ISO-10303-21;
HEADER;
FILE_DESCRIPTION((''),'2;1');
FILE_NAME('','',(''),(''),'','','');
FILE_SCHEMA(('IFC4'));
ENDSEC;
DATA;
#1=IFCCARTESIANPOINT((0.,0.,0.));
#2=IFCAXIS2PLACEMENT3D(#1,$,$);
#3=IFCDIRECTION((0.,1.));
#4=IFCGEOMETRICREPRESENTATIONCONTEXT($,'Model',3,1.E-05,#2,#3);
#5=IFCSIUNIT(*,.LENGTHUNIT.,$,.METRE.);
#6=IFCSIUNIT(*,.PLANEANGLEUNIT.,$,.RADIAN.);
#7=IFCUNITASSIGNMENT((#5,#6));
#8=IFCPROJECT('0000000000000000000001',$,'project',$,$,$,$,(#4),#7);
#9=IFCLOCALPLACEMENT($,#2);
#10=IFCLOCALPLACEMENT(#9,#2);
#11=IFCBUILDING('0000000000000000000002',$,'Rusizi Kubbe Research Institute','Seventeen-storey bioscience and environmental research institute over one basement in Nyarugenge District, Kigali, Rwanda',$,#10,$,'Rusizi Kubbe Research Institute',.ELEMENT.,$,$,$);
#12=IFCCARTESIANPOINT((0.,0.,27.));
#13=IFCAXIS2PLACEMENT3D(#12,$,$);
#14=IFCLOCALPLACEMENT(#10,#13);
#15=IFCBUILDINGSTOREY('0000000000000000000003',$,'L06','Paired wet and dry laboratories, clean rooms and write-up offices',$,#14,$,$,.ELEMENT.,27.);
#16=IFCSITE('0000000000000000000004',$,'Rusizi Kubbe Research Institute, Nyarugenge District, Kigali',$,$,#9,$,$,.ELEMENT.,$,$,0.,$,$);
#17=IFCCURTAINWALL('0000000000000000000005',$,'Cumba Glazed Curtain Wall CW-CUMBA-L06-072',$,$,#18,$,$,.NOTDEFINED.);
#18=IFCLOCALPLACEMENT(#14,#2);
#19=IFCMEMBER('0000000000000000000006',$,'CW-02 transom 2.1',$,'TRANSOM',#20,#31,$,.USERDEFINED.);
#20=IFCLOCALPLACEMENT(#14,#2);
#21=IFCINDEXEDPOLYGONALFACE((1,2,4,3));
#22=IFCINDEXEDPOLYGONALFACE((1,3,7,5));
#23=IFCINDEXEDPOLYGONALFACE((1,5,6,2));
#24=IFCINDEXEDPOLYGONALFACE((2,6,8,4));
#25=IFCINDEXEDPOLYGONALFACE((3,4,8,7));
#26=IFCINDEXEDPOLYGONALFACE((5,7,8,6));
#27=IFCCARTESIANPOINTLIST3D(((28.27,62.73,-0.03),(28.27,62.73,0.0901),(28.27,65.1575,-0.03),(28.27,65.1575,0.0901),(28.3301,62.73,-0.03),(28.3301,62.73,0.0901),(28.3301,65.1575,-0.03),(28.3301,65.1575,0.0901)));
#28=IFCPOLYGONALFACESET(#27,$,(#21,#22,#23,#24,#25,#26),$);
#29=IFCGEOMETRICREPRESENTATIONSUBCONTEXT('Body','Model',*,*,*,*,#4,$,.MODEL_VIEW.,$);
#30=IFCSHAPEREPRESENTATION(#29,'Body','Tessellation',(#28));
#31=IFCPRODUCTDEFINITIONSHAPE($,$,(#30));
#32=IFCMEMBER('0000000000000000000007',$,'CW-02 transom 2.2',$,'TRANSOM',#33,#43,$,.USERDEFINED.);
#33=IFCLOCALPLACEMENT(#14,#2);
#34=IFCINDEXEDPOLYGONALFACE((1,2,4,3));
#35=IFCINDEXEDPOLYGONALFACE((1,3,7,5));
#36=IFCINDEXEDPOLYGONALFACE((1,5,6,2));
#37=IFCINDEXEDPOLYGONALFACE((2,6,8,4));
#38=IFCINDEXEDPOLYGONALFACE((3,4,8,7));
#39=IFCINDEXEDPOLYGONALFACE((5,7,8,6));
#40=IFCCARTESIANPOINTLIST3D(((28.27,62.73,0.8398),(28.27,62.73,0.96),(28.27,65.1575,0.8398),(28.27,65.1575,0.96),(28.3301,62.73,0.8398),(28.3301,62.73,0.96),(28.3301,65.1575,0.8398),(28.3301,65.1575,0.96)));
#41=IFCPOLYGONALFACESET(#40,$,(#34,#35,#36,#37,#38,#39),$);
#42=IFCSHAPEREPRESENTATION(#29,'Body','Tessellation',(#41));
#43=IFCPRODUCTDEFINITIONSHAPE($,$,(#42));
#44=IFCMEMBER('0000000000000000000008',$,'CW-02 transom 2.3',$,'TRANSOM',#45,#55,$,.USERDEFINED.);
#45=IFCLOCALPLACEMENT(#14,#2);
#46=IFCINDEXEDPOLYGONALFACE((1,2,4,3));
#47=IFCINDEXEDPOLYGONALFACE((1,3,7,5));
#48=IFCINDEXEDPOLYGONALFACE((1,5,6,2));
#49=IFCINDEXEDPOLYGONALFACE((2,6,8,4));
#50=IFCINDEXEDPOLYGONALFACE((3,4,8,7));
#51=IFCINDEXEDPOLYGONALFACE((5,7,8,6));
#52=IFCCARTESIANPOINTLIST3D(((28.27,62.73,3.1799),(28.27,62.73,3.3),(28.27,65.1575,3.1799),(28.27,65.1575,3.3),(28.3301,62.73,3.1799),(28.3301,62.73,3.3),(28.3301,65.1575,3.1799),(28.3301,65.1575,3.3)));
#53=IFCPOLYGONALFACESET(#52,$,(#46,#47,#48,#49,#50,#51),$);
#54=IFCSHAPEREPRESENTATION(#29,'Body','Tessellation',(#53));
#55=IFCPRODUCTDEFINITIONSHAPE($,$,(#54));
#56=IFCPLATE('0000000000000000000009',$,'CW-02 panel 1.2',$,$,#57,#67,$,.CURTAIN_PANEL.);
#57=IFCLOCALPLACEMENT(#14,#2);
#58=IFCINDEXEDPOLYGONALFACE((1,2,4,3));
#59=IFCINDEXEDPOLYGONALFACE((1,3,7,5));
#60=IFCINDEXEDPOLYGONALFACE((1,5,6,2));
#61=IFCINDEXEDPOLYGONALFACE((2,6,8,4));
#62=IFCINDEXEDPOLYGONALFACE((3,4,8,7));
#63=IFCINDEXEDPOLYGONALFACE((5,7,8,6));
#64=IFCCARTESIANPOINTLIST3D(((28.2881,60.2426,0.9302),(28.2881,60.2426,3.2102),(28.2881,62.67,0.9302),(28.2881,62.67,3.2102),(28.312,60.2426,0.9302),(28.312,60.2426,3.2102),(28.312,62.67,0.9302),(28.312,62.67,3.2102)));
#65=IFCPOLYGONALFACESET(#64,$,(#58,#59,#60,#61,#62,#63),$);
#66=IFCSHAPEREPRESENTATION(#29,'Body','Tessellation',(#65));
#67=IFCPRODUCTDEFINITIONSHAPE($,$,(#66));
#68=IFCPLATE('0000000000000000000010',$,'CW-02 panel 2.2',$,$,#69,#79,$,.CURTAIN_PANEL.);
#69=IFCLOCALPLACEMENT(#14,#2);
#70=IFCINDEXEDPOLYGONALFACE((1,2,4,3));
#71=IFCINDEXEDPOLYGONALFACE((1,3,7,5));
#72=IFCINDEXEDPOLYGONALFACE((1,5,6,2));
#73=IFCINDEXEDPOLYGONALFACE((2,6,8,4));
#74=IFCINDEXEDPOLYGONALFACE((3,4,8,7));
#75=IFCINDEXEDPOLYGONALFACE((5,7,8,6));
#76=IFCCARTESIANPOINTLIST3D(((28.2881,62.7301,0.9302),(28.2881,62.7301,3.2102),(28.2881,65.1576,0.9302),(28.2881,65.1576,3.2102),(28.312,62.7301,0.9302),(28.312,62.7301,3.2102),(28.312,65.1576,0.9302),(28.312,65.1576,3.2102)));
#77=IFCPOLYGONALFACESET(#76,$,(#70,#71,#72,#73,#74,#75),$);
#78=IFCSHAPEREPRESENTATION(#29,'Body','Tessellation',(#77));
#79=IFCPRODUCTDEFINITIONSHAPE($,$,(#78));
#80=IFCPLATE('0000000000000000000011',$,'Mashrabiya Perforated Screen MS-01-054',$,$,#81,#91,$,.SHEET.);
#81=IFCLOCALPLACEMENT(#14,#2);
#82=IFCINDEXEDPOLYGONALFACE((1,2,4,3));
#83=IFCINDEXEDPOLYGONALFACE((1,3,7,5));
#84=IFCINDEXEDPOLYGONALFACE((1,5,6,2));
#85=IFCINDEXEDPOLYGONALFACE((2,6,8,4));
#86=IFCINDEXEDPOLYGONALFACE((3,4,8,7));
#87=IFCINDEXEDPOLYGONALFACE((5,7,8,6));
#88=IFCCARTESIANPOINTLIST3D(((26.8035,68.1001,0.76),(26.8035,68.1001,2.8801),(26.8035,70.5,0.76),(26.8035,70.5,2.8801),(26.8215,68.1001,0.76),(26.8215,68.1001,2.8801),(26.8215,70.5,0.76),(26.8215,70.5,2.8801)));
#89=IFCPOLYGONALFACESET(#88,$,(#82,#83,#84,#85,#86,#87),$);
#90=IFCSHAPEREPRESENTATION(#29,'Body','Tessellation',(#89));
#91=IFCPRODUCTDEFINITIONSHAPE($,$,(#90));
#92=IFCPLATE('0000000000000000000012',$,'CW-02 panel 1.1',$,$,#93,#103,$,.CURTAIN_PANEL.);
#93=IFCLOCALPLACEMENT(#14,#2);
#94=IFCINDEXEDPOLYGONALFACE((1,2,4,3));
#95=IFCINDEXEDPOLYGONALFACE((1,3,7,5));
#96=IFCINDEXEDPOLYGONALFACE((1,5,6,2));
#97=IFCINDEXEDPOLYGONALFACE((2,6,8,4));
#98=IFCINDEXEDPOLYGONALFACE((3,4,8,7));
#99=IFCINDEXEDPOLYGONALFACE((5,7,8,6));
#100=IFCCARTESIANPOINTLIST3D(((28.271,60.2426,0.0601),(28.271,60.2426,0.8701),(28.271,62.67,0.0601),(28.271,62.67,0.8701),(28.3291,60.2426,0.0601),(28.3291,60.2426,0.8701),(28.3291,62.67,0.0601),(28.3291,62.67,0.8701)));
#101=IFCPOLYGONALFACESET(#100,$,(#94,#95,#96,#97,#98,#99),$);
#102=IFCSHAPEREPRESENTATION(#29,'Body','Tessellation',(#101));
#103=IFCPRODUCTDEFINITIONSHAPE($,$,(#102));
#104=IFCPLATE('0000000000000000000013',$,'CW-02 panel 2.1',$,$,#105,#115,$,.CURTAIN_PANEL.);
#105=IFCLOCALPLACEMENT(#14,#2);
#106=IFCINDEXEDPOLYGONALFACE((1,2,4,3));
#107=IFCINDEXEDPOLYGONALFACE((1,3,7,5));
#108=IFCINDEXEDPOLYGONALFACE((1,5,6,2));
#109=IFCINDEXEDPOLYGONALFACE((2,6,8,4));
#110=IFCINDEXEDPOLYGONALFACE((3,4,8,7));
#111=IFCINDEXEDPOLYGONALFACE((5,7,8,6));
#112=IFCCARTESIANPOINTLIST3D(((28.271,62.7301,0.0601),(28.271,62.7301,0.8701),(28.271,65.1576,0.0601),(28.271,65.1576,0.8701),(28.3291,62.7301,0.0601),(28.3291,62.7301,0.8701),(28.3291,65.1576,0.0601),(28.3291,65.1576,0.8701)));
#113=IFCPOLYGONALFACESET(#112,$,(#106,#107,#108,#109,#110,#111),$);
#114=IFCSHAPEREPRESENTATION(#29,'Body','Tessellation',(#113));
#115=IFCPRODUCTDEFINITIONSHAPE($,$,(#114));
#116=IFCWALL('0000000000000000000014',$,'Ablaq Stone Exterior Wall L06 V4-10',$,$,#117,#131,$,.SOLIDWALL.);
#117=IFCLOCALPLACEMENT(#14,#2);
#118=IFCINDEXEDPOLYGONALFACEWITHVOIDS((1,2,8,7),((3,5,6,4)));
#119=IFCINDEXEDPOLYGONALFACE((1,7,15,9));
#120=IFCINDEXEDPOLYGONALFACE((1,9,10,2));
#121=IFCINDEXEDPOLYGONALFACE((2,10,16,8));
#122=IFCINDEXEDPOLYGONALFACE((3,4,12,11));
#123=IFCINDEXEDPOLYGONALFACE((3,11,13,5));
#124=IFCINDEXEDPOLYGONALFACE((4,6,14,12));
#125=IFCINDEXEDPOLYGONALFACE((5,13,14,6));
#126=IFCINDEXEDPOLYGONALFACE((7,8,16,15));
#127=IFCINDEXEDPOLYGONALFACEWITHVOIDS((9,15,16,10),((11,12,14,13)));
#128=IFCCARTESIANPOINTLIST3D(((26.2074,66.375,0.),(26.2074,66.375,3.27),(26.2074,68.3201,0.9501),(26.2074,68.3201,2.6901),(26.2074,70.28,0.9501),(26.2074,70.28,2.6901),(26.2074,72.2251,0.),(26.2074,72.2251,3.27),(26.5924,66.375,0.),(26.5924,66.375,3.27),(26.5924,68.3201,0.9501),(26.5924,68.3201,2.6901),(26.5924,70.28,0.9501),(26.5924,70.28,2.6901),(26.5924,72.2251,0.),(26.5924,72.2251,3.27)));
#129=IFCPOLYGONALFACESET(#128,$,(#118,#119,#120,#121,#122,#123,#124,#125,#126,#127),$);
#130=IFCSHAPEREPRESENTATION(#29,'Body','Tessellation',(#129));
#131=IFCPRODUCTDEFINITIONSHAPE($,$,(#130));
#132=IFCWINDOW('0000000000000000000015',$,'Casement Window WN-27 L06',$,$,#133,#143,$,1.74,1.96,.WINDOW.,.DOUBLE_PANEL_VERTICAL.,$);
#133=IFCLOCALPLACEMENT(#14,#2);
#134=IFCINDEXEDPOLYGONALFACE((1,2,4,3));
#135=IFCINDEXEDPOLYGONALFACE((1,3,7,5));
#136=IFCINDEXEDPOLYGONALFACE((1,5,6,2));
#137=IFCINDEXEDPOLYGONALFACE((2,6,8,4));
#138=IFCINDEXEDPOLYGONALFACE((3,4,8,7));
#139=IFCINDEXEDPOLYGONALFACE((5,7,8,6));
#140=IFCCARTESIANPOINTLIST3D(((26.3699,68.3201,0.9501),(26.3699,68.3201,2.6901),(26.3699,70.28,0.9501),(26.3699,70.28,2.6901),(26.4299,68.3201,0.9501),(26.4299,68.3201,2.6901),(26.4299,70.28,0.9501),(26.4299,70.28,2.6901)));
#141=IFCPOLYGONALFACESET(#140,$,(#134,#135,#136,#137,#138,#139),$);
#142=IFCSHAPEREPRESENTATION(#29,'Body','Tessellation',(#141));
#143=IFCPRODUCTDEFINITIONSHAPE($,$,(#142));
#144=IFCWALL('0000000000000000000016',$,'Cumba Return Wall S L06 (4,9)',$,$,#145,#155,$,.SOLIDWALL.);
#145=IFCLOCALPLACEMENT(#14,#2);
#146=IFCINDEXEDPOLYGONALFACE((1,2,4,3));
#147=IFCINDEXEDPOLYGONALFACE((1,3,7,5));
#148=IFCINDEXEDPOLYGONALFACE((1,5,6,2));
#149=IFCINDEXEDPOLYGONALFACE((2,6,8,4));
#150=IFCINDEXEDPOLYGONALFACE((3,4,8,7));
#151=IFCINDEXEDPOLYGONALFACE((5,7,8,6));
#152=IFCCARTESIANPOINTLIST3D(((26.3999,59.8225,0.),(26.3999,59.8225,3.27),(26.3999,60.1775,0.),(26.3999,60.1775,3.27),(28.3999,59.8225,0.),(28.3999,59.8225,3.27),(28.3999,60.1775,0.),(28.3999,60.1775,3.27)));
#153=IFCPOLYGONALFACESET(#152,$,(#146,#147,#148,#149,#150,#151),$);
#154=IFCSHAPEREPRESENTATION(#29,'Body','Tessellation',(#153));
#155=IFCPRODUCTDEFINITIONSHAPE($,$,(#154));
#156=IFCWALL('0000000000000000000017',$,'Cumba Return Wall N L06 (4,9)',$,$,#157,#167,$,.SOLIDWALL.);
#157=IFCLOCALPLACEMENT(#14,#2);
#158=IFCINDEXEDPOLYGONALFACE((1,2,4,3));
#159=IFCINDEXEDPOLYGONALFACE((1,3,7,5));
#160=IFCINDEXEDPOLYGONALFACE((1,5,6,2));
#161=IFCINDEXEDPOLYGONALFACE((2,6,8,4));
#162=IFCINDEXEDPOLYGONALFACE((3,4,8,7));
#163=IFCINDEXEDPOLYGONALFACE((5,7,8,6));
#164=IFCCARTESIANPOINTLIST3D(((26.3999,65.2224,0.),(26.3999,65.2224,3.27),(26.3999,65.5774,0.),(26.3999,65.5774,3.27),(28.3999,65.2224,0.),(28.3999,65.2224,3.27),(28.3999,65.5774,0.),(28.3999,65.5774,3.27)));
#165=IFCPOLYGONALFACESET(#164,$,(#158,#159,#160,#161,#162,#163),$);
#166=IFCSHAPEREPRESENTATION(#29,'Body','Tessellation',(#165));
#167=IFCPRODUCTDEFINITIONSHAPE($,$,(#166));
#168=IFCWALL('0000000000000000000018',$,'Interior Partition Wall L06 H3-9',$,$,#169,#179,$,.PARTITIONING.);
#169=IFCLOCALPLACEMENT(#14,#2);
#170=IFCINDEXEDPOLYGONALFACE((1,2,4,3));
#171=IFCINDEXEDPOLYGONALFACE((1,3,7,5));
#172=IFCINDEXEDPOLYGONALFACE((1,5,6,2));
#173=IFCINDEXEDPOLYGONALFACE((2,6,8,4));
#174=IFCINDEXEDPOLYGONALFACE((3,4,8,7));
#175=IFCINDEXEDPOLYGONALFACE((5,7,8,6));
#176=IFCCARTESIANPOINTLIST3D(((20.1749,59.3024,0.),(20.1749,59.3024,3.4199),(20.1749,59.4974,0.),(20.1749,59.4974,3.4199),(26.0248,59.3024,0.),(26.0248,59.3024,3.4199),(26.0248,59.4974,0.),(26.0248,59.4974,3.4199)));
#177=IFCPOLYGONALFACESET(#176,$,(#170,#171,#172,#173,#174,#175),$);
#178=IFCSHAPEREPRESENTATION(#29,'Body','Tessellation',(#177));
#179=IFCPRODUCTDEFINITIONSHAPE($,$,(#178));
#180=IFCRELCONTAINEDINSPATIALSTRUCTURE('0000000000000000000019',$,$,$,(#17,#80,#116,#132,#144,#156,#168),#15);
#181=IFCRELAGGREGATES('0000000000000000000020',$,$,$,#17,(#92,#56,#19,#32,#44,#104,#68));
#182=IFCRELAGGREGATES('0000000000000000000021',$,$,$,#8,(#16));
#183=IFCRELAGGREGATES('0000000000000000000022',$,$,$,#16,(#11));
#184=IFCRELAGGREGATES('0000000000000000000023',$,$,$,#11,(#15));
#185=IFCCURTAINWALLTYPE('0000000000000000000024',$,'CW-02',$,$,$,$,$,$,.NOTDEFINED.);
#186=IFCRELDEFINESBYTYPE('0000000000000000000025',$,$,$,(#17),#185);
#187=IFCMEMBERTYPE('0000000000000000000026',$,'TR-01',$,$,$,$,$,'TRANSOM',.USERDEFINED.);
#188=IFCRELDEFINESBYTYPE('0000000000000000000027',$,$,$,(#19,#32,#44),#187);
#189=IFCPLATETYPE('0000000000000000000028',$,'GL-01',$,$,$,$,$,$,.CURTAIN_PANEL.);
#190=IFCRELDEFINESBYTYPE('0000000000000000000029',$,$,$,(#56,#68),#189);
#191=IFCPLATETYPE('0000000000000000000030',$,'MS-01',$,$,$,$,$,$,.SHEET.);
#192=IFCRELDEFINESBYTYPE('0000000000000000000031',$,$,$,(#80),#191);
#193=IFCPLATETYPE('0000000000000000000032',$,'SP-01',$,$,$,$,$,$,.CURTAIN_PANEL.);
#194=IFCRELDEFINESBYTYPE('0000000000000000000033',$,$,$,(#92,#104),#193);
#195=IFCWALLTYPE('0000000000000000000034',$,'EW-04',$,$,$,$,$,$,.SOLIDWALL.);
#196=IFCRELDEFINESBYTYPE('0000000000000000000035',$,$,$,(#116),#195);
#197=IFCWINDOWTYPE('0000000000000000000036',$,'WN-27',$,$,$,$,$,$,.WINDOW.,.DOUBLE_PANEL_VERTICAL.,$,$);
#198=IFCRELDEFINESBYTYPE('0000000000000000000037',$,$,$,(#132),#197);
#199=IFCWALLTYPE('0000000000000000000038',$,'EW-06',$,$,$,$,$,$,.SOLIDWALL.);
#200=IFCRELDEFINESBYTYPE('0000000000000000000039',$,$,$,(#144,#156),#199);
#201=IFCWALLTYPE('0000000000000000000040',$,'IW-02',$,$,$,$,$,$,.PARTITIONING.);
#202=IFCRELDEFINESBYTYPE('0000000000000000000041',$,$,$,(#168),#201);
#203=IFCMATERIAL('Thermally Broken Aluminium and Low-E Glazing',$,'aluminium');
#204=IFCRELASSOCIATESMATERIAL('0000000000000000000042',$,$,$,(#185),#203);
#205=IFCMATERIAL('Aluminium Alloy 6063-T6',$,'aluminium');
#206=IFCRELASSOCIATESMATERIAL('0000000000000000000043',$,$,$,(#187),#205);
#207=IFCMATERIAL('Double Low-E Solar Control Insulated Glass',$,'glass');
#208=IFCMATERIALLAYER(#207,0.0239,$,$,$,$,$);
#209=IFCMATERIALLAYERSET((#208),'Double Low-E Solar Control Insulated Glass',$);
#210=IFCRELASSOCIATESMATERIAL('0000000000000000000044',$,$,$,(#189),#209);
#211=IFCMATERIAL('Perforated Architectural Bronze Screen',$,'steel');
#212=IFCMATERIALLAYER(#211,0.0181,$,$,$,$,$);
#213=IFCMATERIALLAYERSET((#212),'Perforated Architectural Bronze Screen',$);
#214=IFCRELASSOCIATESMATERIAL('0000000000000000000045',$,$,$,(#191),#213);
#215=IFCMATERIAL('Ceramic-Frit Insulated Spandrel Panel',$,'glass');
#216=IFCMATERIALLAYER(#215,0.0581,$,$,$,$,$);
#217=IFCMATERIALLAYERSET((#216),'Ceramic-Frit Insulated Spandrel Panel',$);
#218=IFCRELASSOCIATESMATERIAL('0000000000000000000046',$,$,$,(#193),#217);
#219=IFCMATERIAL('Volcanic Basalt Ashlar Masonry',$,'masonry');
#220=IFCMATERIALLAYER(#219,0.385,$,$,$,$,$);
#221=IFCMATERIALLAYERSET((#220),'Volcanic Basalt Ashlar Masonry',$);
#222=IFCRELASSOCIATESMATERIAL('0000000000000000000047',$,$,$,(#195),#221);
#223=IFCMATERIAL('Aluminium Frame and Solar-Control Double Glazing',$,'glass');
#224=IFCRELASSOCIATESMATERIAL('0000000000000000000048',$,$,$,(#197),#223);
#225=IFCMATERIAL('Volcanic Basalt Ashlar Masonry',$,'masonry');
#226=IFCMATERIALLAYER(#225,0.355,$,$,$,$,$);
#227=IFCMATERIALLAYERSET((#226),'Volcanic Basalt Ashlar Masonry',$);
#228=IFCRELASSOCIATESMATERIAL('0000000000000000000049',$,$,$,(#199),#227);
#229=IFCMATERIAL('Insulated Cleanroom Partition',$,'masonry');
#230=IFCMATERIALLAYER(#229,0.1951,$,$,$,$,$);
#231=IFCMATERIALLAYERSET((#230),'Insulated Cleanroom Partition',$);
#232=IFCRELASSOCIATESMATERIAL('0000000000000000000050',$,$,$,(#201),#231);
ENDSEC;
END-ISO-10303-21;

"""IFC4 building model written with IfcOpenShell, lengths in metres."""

from ifc_helpers import new_model, si_unit, direction, frame, frame_2d, origin, origin_2d, place, context, subcontext, project, spatial, rectangle, extrude, material, layer, layer_set, material_profile, profile_set, type_object, element, fill, aggregate, save


model = new_model("IFC4")

# Units and contexts
model_context = context("Model", 3, precision=1e-05, world=origin(), true_north=direction((0.0, 1.0)))
body_context = subcontext(model_context, "Body", "Model", "MODEL_VIEW")
ifc_project = project(units=[si_unit("LENGTHUNIT", "METRE"), si_unit("PLANEANGLEUNIT", "RADIAN")], contexts=[model_context])

# Site, building, storey
site_placement = place(None, origin())
site = spatial("IfcSite", under=ifc_project, at=site_placement, Name="Rusizi Kubbe Research Institute, Nyarugenge District, Kigali", CompositionType="ELEMENT", RefElevation=0.0)
building_placement = place(site_placement, origin())
building = spatial("IfcBuilding", under=site, at=building_placement, Name="Rusizi Kubbe Research Institute", Description="Seventeen-storey bioscience and environmental research institute over one basement in Nyarugenge District, Kigali, Rwanda", LongName="Rusizi Kubbe Research Institute", CompositionType="ELEMENT")
storey_placement = place(building_placement, frame((0.0, 0.0, 27.0)))
storey = spatial("IfcBuildingStorey", under=building, at=storey_placement, Name="L06", Description="Paired wet and dry laboratories, clean rooms and write-up offices", CompositionType="ELEMENT", Elevation=27.0)

# Curtain wall, members, plates
ifc_material_1 = material(Name="Thermally Broken Aluminium and Low-E Glazing", Category="aluminium")
curtain_wall_type = type_object("IfcCurtainWallType", Name="CW-02", PredefinedType="NOTDEFINED", material=ifc_material_1)
curtain_wall_placement = place(storey_placement, origin())
curtain_wall = element("IfcCurtainWall", 1, at=curtain_wall_placement, inside=storey, type_object=curtain_wall_type, Name="Cumba Glazed Curtain Wall CW-CUMBA-L06-072", PredefinedType="NOTDEFINED")
ifc_material_2 = material(Name="Aluminium Alloy 6063-T6", Category="aluminium")
ifc_material_profile_1 = material_profile(ifc_material_2, rectangle(XDim=0.0601, YDim=0.1201, at=origin_2d()), Name="ALU-T 60x120")
ifc_profile_set_1 = profile_set([ifc_material_profile_1], Name="Aluminium Alloy 6063-T6")
member_type_1 = type_object("IfcMemberType", Name="TR-01", ElementType="TRANSOM", PredefinedType="USERDEFINED", material=ifc_profile_set_1)
member_1_placement = place(storey_placement, frame((28.3, 62.73, 0.03), z_axis=(0.0, 1.0, 0.0), x_axis=(-1.0, 0.0, 0.0)))
member_1 = element("IfcMember", 2, at=member_1_placement, type_object=member_type_1, Name="CW-02 transom 2.1", ObjectType="TRANSOM", PredefinedType="USERDEFINED", context=body_context, shape_type="SweptSolid", body=[
    extrude(rectangle(XDim=0.0601, YDim=0.1201, at=origin_2d()), origin(), (0.0, 0.0, 1.0), 2.4275),
])
member_2_placement = place(storey_placement, frame((28.3, 62.73, 0.8999), z_axis=(0.0, 1.0, 0.0), x_axis=(-1.0, 0.0, 0.0)))
member_2 = element("IfcMember", 3, at=member_2_placement, type_object=member_type_1, Name="CW-02 transom 2.2", ObjectType="TRANSOM", PredefinedType="USERDEFINED", context=body_context, shape_type="SweptSolid", body=[
    extrude(rectangle(XDim=0.0601, YDim=0.1201, at=origin_2d()), origin(), (0.0, 0.0, 1.0), 2.4275),
])
member_3_placement = place(storey_placement, frame((28.3, 62.73, 3.24), z_axis=(0.0, 1.0, 0.0), x_axis=(-1.0, 0.0, 0.0)))
member_3 = element("IfcMember", 4, at=member_3_placement, type_object=member_type_1, Name="CW-02 transom 2.3", ObjectType="TRANSOM", PredefinedType="USERDEFINED", context=body_context, shape_type="SweptSolid", body=[
    extrude(rectangle(XDim=0.0601, YDim=0.1201, at=origin_2d()), origin(), (0.0, 0.0, 1.0), 2.4275),
])
ifc_material_3 = material(Name="Double Low-E Solar Control Insulated Glass", Category="glass")
ifc_layer_1 = layer(ifc_material_3, 0.0239)
ifc_layer_set_1 = layer_set([ifc_layer_1], Name="Double Low-E Solar Control Insulated Glass")
plate_type_1 = type_object("IfcPlateType", Name="GL-01", PredefinedType="CURTAIN_PANEL", material=ifc_layer_set_1)
plate_1_placement = place(storey_placement, frame((28.3, 61.4563, 0.9302), z_axis=(0.0, 0.0, 1.0), x_axis=(0.0, 1.0, 0.0)))
plate_1 = element("IfcPlate", 5, at=plate_1_placement, type_object=plate_type_1, Name="CW-02 panel 1.2", PredefinedType="CURTAIN_PANEL", context=body_context, shape_type="SweptSolid", body=[
    extrude(rectangle(XDim=2.4275, YDim=0.0239, at=origin_2d()), origin(), (0.0, 0.0, 1.0), 2.28),
])
plate_2_placement = place(storey_placement, frame((28.3, 63.9438, 0.9302), z_axis=(0.0, 0.0, 1.0), x_axis=(0.0, 1.0, 0.0)))
plate_2 = element("IfcPlate", 6, at=plate_2_placement, type_object=plate_type_1, Name="CW-02 panel 2.2", PredefinedType="CURTAIN_PANEL", context=body_context, shape_type="SweptSolid", body=[
    extrude(rectangle(XDim=2.4275, YDim=0.0239, at=origin_2d()), origin(), (0.0, 0.0, 1.0), 2.28),
])

# Plates
ifc_material_4 = material(Name="Perforated Architectural Bronze Screen", Category="steel")
ifc_layer_2 = layer(ifc_material_4, 0.0181)
ifc_layer_set_2 = layer_set([ifc_layer_2], Name="Perforated Architectural Bronze Screen")
plate_type_2 = type_object("IfcPlateType", Name="MS-01", PredefinedType="SHEET", material=ifc_layer_set_2)
plate_3_placement = place(storey_placement, frame((26.8125, 69.3, 0.76), z_axis=(0.0, 0.0, 1.0), x_axis=(0.0, 1.0, 0.0)))
element("IfcPlate", 7, at=plate_3_placement, inside=storey, type_object=plate_type_2, Name="Mashrabiya Perforated Screen MS-01-054", PredefinedType="SHEET", context=body_context, shape_type="SweptSolid", body=[
    extrude(rectangle(XDim=2.3999, YDim=0.0181, at=origin_2d()), origin(), (0.0, 0.0, 1.0), 2.1201),
])
ifc_material_5 = material(Name="Ceramic-Frit Insulated Spandrel Panel", Category="glass")
ifc_layer_3 = layer(ifc_material_5, 0.0581)
ifc_layer_set_3 = layer_set([ifc_layer_3], Name="Ceramic-Frit Insulated Spandrel Panel")
plate_type_3 = type_object("IfcPlateType", Name="SP-01", PredefinedType="CURTAIN_PANEL", material=ifc_layer_set_3)
plate_4_placement = place(storey_placement, frame((28.3, 61.4563, 0.0601), z_axis=(0.0, 0.0, 1.0), x_axis=(0.0, 1.0, 0.0)))
plate_4 = element("IfcPlate", 8, at=plate_4_placement, type_object=plate_type_3, Name="CW-02 panel 1.1", PredefinedType="CURTAIN_PANEL", context=body_context, shape_type="SweptSolid", body=[
    extrude(rectangle(XDim=2.4275, YDim=0.0581, at=origin_2d()), origin(), (0.0, 0.0, 1.0), 0.8101),
])
plate_5_placement = place(storey_placement, frame((28.3, 63.9438, 0.0601), z_axis=(0.0, 0.0, 1.0), x_axis=(0.0, 1.0, 0.0)))
plate_5 = element("IfcPlate", 9, at=plate_5_placement, type_object=plate_type_3, Name="CW-02 panel 2.1", PredefinedType="CURTAIN_PANEL", context=body_context, shape_type="SweptSolid", body=[
    extrude(rectangle(XDim=2.4275, YDim=0.0581, at=origin_2d()), origin(), (0.0, 0.0, 1.0), 0.8101),
])
aggregate(curtain_wall, [plate_4, plate_1, member_1, member_2, member_3, plate_5, plate_2])

# Wall, opening, window
ifc_material_6 = material(Name="Volcanic Basalt Ashlar Masonry", Category="masonry")
ifc_layer_4 = layer(ifc_material_6, 0.385)
ifc_layer_set_4 = layer_set([ifc_layer_4], Name="Volcanic Basalt Ashlar Masonry")
wall_type_1 = type_object("IfcWallType", Name="EW-04", PredefinedType="SOLIDWALL", material=ifc_layer_set_4)
wall_1_placement = place(storey_placement, frame((26.3999, 66.375, 0.0), z_axis=(0.0, 0.0, 1.0), x_axis=(0.0, 1.0, 0.0)))
wall_1 = element("IfcWall", 10, at=wall_1_placement, inside=storey, type_object=wall_type_1, Name="Ablaq Stone Exterior Wall L06 V4-10", PredefinedType="SOLIDWALL", context=body_context, shape_type="SweptSolid", body=[
    extrude(rectangle(XDim=5.8501, YDim=0.385, at=frame_2d((2.925, 0.0))), origin(), (0.0, 0.0, 1.0), 3.27),
])
opening_placement = place(wall_1_placement, frame((1.9451, 0.0, 0.95)))
opening = element("IfcOpeningElement", 11, at=opening_placement, cuts=wall_1, PredefinedType="OPENING", context=body_context, shape_type="SweptSolid", body=[
    extrude(rectangle(XDim=1.96, YDim=1.74, at=frame_2d((0.98, 0.8701))), frame((0.0, 0.2024, 0.0), z_axis=(0.0, -1.0, 0.0), x_axis=(1.0, 0.0, 0.0)), (0.0, 0.0, 1.0), 0.405),
])
ifc_material_7 = material(Name="Aluminium Frame and Solar-Control Double Glazing", Category="glass")
window_type = type_object("IfcWindowType", Name="WN-27", PartitioningType="DOUBLE_PANEL_VERTICAL", PredefinedType="WINDOW", material=ifc_material_7)
window_placement = place(opening_placement, origin())
window = element("IfcWindow", 12, at=window_placement, inside=storey, type_object=window_type, Name="Casement Window WN-27 L06", OverallHeight=1.74, OverallWidth=1.96, PartitioningType="DOUBLE_PANEL_VERTICAL", PredefinedType="WINDOW", context=body_context, shape_type="SweptSolid", body=[
    extrude(rectangle(XDim=1.96, YDim=1.74, at=frame_2d((0.98, 0.8701))), frame((0.0, 0.03, 0.0), z_axis=(0.0, -1.0, 0.0), x_axis=(1.0, 0.0, 0.0)), (0.0, 0.0, 1.0), 0.0601),
])
fill(opening, window)

# Walls
ifc_material_8 = material(Name="Volcanic Basalt Ashlar Masonry", Category="masonry")
ifc_layer_5 = layer(ifc_material_8, 0.355)
ifc_layer_set_5 = layer_set([ifc_layer_5], Name="Volcanic Basalt Ashlar Masonry")
wall_type_2 = type_object("IfcWallType", Name="EW-06", PredefinedType="SOLIDWALL", material=ifc_layer_set_5)
for number, where, z_axis, x_axis, name in (
    (13, (26.3999, 60.0, 0.0), (0.0, 0.0, 1.0), (1.0, 0.0, 0.0), "Cumba Return Wall S L06 (4,9)"),
    (14, (26.3999, 65.3999, 0.0), (0.0, 0.0, 1.0), (1.0, 0.0, 0.0), "Cumba Return Wall N L06 (4,9)"),
):
    element("IfcWall", number, at=place(storey_placement, frame(where, z_axis=z_axis, x_axis=x_axis)), inside=storey, type_object=wall_type_2, Name=name, PredefinedType="SOLIDWALL", context=body_context, shape_type="SweptSolid", body=[
        extrude(rectangle(XDim=2.0, YDim=0.355, at=frame_2d((1.0, 0.0))), origin(), (0.0, 0.0, 1.0), 3.27),
    ])
ifc_material_9 = material(Name="Insulated Cleanroom Partition", Category="masonry")
ifc_layer_6 = layer(ifc_material_9, 0.1951)
ifc_layer_set_6 = layer_set([ifc_layer_6], Name="Insulated Cleanroom Partition")
wall_type_3 = type_object("IfcWallType", Name="IW-02", PredefinedType="PARTITIONING", material=ifc_layer_set_6)
wall_2_placement = place(storey_placement, frame((20.175, 59.3999, 0.0), z_axis=(0.0, 0.0, 1.0), x_axis=(1.0, 0.0, 0.0)))
element("IfcWall", 15, at=wall_2_placement, inside=storey, type_object=wall_type_3, Name="Interior Partition Wall L06 H3-9", PredefinedType="PARTITIONING", context=body_context, shape_type="SweptSolid", body=[
    extrude(rectangle(XDim=5.8499, YDim=0.1951, at=frame_2d((2.9248, 0.0))), origin(), (0.0, 0.0, 1.0), 3.4199),
])

save(model, "model.ifc")
